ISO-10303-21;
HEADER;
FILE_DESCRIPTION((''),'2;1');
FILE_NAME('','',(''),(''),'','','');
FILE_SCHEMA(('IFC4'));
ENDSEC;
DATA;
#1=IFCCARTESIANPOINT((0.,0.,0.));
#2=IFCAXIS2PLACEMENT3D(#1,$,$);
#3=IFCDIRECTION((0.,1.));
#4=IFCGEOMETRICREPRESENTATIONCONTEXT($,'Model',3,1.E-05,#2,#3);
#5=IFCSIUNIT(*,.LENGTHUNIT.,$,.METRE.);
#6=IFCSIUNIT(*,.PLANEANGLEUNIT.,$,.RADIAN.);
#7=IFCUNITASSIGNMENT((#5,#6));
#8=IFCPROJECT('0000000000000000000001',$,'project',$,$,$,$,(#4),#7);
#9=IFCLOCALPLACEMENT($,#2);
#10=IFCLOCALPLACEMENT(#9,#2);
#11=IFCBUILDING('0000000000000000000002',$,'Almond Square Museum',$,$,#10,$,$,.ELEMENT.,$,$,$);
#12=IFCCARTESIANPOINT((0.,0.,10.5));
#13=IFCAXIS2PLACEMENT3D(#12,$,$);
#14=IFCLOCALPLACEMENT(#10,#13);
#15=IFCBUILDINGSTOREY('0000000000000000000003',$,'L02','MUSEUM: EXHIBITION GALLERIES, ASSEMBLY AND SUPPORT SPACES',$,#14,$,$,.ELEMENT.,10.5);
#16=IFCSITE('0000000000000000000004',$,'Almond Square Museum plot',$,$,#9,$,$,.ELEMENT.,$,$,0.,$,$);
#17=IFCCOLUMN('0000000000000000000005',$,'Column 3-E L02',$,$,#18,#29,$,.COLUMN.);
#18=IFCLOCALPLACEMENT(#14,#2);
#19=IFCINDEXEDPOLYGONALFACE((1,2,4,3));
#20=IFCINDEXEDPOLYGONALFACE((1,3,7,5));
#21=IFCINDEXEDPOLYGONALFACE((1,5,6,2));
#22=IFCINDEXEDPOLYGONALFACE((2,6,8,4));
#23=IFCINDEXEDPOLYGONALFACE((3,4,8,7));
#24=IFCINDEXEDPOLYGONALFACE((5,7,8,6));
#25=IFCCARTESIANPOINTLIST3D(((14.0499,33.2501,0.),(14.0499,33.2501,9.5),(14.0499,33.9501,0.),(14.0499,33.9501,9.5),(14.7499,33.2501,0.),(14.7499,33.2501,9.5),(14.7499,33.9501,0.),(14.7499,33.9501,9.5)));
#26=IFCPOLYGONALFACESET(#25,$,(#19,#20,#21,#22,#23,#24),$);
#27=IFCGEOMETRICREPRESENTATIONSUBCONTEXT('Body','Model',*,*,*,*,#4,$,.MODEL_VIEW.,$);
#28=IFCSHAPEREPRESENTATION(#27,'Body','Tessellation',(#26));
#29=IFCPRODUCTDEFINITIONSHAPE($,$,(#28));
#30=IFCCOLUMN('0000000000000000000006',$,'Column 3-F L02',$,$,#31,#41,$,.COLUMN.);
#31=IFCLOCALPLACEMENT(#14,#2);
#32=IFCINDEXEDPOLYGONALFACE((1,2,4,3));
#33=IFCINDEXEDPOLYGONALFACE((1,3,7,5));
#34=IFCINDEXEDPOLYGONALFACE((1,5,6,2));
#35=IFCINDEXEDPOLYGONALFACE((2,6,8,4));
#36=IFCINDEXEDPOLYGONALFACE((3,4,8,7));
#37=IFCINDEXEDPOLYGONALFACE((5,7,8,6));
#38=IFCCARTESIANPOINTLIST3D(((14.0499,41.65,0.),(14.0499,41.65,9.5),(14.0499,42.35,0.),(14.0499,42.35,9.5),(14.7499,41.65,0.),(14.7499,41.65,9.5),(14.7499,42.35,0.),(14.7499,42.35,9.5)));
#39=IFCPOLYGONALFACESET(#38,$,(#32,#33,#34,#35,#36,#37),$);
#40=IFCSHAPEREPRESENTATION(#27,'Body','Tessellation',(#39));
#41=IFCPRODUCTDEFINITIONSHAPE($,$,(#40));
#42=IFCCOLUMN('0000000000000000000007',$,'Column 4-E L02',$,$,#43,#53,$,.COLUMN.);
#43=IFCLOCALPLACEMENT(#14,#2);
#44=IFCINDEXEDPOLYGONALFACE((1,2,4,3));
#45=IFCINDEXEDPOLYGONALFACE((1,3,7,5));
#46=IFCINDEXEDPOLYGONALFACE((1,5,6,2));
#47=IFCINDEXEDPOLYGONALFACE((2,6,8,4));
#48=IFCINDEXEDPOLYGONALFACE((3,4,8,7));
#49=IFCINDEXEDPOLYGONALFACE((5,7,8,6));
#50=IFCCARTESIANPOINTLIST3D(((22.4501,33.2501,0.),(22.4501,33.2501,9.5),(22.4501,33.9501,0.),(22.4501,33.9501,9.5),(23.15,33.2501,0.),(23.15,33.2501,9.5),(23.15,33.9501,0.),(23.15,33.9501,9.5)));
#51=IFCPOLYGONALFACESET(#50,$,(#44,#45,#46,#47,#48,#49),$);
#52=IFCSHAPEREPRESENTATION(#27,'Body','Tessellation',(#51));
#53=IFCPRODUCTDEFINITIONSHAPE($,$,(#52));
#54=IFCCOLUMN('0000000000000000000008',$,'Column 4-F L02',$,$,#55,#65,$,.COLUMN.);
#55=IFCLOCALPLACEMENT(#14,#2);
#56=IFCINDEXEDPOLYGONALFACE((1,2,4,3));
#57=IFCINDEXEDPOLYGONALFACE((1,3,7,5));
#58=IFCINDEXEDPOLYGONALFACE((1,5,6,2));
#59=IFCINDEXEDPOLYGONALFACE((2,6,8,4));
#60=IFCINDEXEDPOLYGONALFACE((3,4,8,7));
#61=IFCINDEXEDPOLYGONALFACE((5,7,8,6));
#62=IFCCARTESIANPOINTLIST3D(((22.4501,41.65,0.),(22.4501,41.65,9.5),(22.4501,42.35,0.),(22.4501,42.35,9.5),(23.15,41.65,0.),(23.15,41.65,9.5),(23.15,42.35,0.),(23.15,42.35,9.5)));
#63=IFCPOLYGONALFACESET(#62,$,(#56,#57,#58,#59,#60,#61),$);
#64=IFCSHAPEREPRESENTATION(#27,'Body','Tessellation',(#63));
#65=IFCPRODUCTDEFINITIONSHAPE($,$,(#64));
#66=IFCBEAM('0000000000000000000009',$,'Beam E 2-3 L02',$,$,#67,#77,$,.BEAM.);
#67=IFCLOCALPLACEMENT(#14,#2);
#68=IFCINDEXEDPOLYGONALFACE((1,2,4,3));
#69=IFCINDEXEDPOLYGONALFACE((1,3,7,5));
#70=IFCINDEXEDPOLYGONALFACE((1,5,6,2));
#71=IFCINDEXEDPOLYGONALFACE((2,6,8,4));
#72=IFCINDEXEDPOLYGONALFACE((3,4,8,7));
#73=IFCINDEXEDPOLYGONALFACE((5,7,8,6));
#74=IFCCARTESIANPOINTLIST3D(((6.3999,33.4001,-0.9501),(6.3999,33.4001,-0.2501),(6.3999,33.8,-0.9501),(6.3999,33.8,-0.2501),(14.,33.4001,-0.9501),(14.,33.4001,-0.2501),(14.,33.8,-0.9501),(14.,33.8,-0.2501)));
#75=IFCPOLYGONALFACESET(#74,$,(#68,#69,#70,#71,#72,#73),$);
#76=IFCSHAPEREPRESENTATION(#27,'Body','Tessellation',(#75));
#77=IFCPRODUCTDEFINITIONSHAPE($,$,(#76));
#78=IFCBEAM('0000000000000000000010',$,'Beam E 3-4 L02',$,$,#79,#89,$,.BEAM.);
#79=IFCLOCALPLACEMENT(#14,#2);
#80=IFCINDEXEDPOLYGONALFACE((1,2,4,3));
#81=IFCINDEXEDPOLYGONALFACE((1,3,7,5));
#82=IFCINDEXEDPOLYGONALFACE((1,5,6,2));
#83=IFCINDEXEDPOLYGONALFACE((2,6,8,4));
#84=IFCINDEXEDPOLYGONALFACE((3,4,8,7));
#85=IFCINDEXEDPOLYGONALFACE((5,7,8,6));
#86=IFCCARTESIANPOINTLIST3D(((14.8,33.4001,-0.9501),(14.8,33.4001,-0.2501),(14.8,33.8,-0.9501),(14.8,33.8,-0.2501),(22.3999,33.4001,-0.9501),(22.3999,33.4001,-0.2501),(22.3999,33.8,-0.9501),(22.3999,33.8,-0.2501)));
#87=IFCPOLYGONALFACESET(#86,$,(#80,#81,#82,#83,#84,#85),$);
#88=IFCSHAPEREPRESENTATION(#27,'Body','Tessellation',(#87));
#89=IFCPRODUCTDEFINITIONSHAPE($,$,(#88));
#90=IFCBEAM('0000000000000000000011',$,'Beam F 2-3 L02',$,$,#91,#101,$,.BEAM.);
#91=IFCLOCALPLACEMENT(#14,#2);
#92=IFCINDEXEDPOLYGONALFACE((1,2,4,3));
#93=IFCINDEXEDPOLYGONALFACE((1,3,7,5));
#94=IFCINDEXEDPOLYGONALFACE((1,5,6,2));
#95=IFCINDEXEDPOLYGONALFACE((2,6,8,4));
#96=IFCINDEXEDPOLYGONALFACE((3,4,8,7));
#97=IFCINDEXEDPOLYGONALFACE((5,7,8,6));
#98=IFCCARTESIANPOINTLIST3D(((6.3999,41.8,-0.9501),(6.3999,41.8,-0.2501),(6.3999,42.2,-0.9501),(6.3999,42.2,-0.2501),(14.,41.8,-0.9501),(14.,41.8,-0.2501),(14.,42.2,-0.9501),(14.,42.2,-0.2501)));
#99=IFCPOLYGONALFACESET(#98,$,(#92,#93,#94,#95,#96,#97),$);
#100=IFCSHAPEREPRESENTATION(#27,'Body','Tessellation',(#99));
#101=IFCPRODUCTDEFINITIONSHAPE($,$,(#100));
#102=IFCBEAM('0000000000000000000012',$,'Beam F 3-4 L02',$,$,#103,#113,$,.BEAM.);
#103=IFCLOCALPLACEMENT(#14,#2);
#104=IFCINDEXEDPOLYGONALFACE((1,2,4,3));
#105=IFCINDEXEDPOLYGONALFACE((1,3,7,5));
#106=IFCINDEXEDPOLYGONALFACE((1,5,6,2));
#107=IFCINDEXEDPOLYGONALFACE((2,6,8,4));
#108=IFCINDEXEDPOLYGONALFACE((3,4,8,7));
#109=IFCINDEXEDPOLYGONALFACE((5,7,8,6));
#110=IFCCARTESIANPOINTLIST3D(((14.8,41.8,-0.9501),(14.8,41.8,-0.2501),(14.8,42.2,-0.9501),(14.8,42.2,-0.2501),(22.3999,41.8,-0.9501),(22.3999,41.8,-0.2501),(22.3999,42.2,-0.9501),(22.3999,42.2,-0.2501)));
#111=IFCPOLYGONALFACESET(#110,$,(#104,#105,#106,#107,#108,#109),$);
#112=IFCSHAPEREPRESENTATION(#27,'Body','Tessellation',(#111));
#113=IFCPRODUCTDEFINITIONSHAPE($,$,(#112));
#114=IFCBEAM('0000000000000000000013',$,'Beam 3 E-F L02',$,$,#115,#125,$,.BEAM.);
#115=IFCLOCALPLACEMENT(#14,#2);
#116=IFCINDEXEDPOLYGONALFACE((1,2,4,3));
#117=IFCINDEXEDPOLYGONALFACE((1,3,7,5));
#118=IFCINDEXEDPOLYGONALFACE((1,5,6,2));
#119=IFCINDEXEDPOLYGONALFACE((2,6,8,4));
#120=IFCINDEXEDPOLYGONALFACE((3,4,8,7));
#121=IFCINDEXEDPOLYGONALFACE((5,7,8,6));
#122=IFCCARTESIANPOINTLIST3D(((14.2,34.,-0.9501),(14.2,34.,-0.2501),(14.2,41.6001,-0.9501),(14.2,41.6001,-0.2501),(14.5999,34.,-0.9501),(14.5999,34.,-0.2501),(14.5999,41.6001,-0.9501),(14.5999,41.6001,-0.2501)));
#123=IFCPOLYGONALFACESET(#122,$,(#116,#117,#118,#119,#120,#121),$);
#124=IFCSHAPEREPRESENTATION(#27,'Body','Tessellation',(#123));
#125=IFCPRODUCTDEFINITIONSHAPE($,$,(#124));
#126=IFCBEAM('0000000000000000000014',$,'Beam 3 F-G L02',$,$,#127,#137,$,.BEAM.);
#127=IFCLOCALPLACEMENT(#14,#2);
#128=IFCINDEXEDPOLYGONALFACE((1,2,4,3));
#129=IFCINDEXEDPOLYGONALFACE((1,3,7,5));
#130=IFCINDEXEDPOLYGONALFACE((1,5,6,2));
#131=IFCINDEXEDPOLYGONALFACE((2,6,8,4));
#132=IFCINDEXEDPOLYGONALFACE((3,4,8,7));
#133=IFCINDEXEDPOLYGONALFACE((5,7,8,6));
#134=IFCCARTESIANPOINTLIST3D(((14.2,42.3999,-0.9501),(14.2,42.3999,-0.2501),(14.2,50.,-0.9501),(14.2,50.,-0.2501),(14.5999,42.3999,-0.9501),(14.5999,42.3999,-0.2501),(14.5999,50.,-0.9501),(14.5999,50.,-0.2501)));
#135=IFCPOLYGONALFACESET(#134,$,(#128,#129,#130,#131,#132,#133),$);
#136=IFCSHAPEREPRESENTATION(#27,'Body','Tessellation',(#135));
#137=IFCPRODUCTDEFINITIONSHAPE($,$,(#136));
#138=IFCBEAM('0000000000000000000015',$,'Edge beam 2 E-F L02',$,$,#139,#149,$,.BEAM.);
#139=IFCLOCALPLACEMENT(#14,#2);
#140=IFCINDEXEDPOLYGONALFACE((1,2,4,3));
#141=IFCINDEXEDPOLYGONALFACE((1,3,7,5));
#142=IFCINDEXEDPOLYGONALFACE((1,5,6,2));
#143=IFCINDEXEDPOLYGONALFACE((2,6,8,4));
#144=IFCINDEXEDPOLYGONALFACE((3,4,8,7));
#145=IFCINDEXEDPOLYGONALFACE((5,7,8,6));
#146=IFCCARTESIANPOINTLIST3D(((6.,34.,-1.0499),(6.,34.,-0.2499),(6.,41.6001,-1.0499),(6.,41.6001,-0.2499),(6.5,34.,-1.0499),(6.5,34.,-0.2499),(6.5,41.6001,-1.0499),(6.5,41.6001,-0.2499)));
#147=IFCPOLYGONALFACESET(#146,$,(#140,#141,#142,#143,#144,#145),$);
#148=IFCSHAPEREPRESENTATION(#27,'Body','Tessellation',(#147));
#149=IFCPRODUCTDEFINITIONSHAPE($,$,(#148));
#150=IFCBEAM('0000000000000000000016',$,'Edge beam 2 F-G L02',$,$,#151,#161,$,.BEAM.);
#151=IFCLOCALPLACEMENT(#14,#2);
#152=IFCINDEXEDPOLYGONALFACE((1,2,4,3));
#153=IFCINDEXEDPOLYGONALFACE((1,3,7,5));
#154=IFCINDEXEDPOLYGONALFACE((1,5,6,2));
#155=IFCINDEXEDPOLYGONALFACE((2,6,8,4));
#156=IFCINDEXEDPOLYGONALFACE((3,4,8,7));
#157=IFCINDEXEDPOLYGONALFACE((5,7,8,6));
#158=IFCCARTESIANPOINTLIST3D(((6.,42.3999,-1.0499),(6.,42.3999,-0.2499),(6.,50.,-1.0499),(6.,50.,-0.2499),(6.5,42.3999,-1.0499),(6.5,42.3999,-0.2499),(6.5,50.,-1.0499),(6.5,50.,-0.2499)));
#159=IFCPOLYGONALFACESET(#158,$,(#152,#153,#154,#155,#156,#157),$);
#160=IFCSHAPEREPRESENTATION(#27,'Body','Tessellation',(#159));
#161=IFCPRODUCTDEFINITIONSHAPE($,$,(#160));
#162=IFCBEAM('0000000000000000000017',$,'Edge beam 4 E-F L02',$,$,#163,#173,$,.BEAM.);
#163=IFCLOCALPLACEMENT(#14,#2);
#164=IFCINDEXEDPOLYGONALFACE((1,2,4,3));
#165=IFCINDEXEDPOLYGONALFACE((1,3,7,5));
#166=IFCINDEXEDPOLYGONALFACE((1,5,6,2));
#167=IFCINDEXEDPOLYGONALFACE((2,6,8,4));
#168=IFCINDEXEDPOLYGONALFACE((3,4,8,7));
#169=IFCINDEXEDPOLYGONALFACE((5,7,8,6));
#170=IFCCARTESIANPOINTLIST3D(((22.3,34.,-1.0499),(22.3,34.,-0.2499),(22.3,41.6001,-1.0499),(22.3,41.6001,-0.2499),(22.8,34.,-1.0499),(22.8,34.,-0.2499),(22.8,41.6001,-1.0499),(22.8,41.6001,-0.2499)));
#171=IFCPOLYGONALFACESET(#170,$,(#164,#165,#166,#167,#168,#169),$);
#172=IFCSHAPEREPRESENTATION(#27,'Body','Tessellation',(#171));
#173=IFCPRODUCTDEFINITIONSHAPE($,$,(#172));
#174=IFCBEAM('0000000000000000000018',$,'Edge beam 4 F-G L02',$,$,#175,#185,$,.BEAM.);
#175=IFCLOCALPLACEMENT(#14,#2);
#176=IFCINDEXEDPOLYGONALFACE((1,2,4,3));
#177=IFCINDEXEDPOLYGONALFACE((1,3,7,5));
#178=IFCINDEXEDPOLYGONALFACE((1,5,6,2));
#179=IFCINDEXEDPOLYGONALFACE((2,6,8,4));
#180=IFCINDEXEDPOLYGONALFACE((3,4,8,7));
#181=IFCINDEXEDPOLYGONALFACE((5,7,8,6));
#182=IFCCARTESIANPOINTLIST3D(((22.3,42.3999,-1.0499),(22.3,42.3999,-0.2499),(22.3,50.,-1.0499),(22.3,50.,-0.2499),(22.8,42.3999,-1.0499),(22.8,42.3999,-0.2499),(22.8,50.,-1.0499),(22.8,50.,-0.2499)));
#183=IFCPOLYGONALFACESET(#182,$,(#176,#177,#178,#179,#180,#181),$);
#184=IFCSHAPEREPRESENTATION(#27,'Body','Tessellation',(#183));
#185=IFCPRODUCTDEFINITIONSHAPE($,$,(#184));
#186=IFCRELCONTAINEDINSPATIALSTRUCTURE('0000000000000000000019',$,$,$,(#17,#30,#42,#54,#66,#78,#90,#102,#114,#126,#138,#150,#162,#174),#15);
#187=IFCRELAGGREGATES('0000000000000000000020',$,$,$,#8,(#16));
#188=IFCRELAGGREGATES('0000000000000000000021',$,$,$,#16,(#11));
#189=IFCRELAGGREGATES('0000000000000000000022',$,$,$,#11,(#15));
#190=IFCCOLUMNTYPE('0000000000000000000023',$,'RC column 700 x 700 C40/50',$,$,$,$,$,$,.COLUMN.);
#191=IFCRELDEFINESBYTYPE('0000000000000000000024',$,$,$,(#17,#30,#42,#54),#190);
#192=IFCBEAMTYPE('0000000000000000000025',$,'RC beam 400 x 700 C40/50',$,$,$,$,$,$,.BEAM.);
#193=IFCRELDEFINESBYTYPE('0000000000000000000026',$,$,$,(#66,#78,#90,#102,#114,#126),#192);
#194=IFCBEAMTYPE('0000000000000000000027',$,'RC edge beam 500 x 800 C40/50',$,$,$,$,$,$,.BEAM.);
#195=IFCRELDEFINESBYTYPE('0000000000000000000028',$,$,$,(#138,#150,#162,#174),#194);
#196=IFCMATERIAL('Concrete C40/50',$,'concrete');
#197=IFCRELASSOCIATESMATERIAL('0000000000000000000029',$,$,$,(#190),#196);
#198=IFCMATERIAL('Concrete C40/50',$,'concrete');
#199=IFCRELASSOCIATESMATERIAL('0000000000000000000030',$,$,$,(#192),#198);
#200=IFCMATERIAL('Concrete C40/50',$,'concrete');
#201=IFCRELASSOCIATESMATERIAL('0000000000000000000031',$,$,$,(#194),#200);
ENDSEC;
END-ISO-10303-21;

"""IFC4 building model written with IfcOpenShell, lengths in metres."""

from ifc_helpers import new_model, si_unit, direction, frame, origin, origin_2d, place, context, subcontext, project, spatial, rectangle, extrude, material, material_profile, profile_set, type_object, element, save


model = new_model("IFC4")

# Units and contexts
model_context = context("Model", 3, precision=1e-05, world=origin(), true_north=direction((0.0, 1.0)))
body_context = subcontext(model_context, "Body", "Model", "MODEL_VIEW")
ifc_project = project(units=[si_unit("LENGTHUNIT", "METRE"), si_unit("PLANEANGLEUNIT", "RADIAN")], contexts=[model_context])

# Site, building, storey
site_placement = place(None, origin())
site = spatial("IfcSite", under=ifc_project, at=site_placement, Name="Almond Square Museum plot", CompositionType="ELEMENT", RefElevation=0.0)
building_placement = place(site_placement, origin())
building = spatial("IfcBuilding", under=site, at=building_placement, Name="Almond Square Museum", CompositionType="ELEMENT")
storey_placement = place(building_placement, frame((0.0, 0.0, 10.5)))
storey = spatial("IfcBuildingStorey", under=building, at=storey_placement, Name="L02", Description="MUSEUM: EXHIBITION GALLERIES, ASSEMBLY AND SUPPORT SPACES", CompositionType="ELEMENT", Elevation=10.5)

# Columns
ifc_material_1 = material(Name="Concrete C40/50", Category="concrete")
ifc_material_profile_1 = material_profile(ifc_material_1, rectangle(XDim=0.7, YDim=0.7, at=origin_2d()))
ifc_profile_set_1 = profile_set([ifc_material_profile_1], Name="Concrete C40/50")
column_type = type_object("IfcColumnType", Name="RC column 700 x 700 C40/50", PredefinedType="COLUMN", material=ifc_profile_set_1)
for number, where, z_axis, x_axis, name in (
    (1, (14.3999, 33.6001, 0.0), (0.0, 0.0, 1.0), (1.0, 0.0, 0.0), "Column 3-E L02"),
    (2, (14.3999, 42.0, 0.0), (0.0, 0.0, 1.0), (1.0, 0.0, 0.0), "Column 3-F L02"),
    (3, (22.8, 33.6001, 0.0), (0.0, 0.0, 1.0), (1.0, 0.0, 0.0), "Column 4-E L02"),
    (4, (22.8, 42.0, 0.0), (0.0, 0.0, 1.0), (1.0, 0.0, 0.0), "Column 4-F L02"),
):
    element("IfcColumn", number, at=place(storey_placement, frame(where, z_axis=z_axis, x_axis=x_axis)), inside=storey, type_object=column_type, Name=name, PredefinedType="COLUMN", context=body_context, shape_type="SweptSolid", body=[
        extrude(rectangle(XDim=0.7, YDim=0.7, at=origin_2d()), origin(), (0.0, 0.0, 1.0), 9.5),
    ])

# Beams
ifc_material_2 = material(Name="Concrete C40/50", Category="concrete")
ifc_material_profile_2 = material_profile(ifc_material_2, rectangle(XDim=0.3999, YDim=0.7, at=origin_2d()))
ifc_profile_set_2 = profile_set([ifc_material_profile_2], Name="Concrete C40/50")
beam_type_1 = type_object("IfcBeamType", Name="RC beam 400 x 700 C40/50", PredefinedType="BEAM", material=ifc_profile_set_2)
beam_1_placement = place(storey_placement, frame((6.3999, 33.6001, -0.6001), z_axis=(1.0, 0.0, 0.0), x_axis=(0.0, 1.0, 0.0)))
element("IfcBeam", 5, at=beam_1_placement, inside=storey, type_object=beam_type_1, Name="Beam E 2-3 L02", PredefinedType="BEAM", context=body_context, shape_type="SweptSolid", body=[
    extrude(rectangle(XDim=0.3999, YDim=0.7, at=origin_2d()), origin(), (0.0, 0.0, 1.0), 7.6001),
])
beam_2_placement = place(storey_placement, frame((14.8, 33.6001, -0.6001), z_axis=(1.0, 0.0, 0.0), x_axis=(0.0, 1.0, 0.0)))
element("IfcBeam", 6, at=beam_2_placement, inside=storey, type_object=beam_type_1, Name="Beam E 3-4 L02", PredefinedType="BEAM", context=body_context, shape_type="SweptSolid", body=[
    extrude(rectangle(XDim=0.3999, YDim=0.7, at=origin_2d()), origin(), (0.0, 0.0, 1.0), 7.5999),
])
beam_3_placement = place(storey_placement, frame((6.3999, 42.0, -0.6001), z_axis=(1.0, 0.0, 0.0), x_axis=(0.0, 1.0, 0.0)))
element("IfcBeam", 7, at=beam_3_placement, inside=storey, type_object=beam_type_1, Name="Beam F 2-3 L02", PredefinedType="BEAM", context=body_context, shape_type="SweptSolid", body=[
    extrude(rectangle(XDim=0.3999, YDim=0.7, at=origin_2d()), origin(), (0.0, 0.0, 1.0), 7.6001),
])
beam_4_placement = place(storey_placement, frame((14.8, 42.0, -0.6001), z_axis=(1.0, 0.0, 0.0), x_axis=(0.0, 1.0, 0.0)))
element("IfcBeam", 8, at=beam_4_placement, inside=storey, type_object=beam_type_1, Name="Beam F 3-4 L02", PredefinedType="BEAM", context=body_context, shape_type="SweptSolid", body=[
    extrude(rectangle(XDim=0.3999, YDim=0.7, at=origin_2d()), origin(), (0.0, 0.0, 1.0), 7.5999),
])
for number, where, z_axis, x_axis, name in (
    (9, (14.3999, 34.0, -0.6001), (0.0, 1.0, 0.0), (-1.0, 0.0, 0.0), "Beam 3 E-F L02"),
    (10, (14.3999, 42.3999, -0.6001), (0.0, 1.0, 0.0), (-1.0, 0.0, 0.0), "Beam 3 F-G L02"),
):
    element("IfcBeam", number, at=place(storey_placement, frame(where, z_axis=z_axis, x_axis=x_axis)), inside=storey, type_object=beam_type_1, Name=name, PredefinedType="BEAM", context=body_context, shape_type="SweptSolid", body=[
        extrude(rectangle(XDim=0.3999, YDim=0.7, at=origin_2d()), origin(), (0.0, 0.0, 1.0), 7.6001),
    ])
ifc_material_3 = material(Name="Concrete C40/50", Category="concrete")
ifc_material_profile_3 = material_profile(ifc_material_3, rectangle(XDim=0.5, YDim=0.8, at=origin_2d()))
ifc_profile_set_3 = profile_set([ifc_material_profile_3], Name="Concrete C40/50")
beam_type_2 = type_object("IfcBeamType", Name="RC edge beam 500 x 800 C40/50", PredefinedType="BEAM", material=ifc_profile_set_3)
for number, where, z_axis, x_axis, name in (
    (11, (6.25, 34.0, -0.6499), (0.0, 1.0, 0.0), (-1.0, 0.0, 0.0), "Edge beam 2 E-F L02"),
    (12, (6.25, 42.3999, -0.6499), (0.0, 1.0, 0.0), (-1.0, 0.0, 0.0), "Edge beam 2 F-G L02"),
    (13, (22.55, 34.0, -0.6499), (0.0, 1.0, 0.0), (-1.0, 0.0, 0.0), "Edge beam 4 E-F L02"),
    (14, (22.55, 42.3999, -0.6499), (0.0, 1.0, 0.0), (-1.0, 0.0, 0.0), "Edge beam 4 F-G L02"),
):
    element("IfcBeam", number, at=place(storey_placement, frame(where, z_axis=z_axis, x_axis=x_axis)), inside=storey, type_object=beam_type_2, Name=name, PredefinedType="BEAM", context=body_context, shape_type="SweptSolid", body=[
        extrude(rectangle(XDim=0.5, YDim=0.8, at=origin_2d()), origin(), (0.0, 0.0, 1.0), 7.6001),
    ])

save(model, "model.ifc")
